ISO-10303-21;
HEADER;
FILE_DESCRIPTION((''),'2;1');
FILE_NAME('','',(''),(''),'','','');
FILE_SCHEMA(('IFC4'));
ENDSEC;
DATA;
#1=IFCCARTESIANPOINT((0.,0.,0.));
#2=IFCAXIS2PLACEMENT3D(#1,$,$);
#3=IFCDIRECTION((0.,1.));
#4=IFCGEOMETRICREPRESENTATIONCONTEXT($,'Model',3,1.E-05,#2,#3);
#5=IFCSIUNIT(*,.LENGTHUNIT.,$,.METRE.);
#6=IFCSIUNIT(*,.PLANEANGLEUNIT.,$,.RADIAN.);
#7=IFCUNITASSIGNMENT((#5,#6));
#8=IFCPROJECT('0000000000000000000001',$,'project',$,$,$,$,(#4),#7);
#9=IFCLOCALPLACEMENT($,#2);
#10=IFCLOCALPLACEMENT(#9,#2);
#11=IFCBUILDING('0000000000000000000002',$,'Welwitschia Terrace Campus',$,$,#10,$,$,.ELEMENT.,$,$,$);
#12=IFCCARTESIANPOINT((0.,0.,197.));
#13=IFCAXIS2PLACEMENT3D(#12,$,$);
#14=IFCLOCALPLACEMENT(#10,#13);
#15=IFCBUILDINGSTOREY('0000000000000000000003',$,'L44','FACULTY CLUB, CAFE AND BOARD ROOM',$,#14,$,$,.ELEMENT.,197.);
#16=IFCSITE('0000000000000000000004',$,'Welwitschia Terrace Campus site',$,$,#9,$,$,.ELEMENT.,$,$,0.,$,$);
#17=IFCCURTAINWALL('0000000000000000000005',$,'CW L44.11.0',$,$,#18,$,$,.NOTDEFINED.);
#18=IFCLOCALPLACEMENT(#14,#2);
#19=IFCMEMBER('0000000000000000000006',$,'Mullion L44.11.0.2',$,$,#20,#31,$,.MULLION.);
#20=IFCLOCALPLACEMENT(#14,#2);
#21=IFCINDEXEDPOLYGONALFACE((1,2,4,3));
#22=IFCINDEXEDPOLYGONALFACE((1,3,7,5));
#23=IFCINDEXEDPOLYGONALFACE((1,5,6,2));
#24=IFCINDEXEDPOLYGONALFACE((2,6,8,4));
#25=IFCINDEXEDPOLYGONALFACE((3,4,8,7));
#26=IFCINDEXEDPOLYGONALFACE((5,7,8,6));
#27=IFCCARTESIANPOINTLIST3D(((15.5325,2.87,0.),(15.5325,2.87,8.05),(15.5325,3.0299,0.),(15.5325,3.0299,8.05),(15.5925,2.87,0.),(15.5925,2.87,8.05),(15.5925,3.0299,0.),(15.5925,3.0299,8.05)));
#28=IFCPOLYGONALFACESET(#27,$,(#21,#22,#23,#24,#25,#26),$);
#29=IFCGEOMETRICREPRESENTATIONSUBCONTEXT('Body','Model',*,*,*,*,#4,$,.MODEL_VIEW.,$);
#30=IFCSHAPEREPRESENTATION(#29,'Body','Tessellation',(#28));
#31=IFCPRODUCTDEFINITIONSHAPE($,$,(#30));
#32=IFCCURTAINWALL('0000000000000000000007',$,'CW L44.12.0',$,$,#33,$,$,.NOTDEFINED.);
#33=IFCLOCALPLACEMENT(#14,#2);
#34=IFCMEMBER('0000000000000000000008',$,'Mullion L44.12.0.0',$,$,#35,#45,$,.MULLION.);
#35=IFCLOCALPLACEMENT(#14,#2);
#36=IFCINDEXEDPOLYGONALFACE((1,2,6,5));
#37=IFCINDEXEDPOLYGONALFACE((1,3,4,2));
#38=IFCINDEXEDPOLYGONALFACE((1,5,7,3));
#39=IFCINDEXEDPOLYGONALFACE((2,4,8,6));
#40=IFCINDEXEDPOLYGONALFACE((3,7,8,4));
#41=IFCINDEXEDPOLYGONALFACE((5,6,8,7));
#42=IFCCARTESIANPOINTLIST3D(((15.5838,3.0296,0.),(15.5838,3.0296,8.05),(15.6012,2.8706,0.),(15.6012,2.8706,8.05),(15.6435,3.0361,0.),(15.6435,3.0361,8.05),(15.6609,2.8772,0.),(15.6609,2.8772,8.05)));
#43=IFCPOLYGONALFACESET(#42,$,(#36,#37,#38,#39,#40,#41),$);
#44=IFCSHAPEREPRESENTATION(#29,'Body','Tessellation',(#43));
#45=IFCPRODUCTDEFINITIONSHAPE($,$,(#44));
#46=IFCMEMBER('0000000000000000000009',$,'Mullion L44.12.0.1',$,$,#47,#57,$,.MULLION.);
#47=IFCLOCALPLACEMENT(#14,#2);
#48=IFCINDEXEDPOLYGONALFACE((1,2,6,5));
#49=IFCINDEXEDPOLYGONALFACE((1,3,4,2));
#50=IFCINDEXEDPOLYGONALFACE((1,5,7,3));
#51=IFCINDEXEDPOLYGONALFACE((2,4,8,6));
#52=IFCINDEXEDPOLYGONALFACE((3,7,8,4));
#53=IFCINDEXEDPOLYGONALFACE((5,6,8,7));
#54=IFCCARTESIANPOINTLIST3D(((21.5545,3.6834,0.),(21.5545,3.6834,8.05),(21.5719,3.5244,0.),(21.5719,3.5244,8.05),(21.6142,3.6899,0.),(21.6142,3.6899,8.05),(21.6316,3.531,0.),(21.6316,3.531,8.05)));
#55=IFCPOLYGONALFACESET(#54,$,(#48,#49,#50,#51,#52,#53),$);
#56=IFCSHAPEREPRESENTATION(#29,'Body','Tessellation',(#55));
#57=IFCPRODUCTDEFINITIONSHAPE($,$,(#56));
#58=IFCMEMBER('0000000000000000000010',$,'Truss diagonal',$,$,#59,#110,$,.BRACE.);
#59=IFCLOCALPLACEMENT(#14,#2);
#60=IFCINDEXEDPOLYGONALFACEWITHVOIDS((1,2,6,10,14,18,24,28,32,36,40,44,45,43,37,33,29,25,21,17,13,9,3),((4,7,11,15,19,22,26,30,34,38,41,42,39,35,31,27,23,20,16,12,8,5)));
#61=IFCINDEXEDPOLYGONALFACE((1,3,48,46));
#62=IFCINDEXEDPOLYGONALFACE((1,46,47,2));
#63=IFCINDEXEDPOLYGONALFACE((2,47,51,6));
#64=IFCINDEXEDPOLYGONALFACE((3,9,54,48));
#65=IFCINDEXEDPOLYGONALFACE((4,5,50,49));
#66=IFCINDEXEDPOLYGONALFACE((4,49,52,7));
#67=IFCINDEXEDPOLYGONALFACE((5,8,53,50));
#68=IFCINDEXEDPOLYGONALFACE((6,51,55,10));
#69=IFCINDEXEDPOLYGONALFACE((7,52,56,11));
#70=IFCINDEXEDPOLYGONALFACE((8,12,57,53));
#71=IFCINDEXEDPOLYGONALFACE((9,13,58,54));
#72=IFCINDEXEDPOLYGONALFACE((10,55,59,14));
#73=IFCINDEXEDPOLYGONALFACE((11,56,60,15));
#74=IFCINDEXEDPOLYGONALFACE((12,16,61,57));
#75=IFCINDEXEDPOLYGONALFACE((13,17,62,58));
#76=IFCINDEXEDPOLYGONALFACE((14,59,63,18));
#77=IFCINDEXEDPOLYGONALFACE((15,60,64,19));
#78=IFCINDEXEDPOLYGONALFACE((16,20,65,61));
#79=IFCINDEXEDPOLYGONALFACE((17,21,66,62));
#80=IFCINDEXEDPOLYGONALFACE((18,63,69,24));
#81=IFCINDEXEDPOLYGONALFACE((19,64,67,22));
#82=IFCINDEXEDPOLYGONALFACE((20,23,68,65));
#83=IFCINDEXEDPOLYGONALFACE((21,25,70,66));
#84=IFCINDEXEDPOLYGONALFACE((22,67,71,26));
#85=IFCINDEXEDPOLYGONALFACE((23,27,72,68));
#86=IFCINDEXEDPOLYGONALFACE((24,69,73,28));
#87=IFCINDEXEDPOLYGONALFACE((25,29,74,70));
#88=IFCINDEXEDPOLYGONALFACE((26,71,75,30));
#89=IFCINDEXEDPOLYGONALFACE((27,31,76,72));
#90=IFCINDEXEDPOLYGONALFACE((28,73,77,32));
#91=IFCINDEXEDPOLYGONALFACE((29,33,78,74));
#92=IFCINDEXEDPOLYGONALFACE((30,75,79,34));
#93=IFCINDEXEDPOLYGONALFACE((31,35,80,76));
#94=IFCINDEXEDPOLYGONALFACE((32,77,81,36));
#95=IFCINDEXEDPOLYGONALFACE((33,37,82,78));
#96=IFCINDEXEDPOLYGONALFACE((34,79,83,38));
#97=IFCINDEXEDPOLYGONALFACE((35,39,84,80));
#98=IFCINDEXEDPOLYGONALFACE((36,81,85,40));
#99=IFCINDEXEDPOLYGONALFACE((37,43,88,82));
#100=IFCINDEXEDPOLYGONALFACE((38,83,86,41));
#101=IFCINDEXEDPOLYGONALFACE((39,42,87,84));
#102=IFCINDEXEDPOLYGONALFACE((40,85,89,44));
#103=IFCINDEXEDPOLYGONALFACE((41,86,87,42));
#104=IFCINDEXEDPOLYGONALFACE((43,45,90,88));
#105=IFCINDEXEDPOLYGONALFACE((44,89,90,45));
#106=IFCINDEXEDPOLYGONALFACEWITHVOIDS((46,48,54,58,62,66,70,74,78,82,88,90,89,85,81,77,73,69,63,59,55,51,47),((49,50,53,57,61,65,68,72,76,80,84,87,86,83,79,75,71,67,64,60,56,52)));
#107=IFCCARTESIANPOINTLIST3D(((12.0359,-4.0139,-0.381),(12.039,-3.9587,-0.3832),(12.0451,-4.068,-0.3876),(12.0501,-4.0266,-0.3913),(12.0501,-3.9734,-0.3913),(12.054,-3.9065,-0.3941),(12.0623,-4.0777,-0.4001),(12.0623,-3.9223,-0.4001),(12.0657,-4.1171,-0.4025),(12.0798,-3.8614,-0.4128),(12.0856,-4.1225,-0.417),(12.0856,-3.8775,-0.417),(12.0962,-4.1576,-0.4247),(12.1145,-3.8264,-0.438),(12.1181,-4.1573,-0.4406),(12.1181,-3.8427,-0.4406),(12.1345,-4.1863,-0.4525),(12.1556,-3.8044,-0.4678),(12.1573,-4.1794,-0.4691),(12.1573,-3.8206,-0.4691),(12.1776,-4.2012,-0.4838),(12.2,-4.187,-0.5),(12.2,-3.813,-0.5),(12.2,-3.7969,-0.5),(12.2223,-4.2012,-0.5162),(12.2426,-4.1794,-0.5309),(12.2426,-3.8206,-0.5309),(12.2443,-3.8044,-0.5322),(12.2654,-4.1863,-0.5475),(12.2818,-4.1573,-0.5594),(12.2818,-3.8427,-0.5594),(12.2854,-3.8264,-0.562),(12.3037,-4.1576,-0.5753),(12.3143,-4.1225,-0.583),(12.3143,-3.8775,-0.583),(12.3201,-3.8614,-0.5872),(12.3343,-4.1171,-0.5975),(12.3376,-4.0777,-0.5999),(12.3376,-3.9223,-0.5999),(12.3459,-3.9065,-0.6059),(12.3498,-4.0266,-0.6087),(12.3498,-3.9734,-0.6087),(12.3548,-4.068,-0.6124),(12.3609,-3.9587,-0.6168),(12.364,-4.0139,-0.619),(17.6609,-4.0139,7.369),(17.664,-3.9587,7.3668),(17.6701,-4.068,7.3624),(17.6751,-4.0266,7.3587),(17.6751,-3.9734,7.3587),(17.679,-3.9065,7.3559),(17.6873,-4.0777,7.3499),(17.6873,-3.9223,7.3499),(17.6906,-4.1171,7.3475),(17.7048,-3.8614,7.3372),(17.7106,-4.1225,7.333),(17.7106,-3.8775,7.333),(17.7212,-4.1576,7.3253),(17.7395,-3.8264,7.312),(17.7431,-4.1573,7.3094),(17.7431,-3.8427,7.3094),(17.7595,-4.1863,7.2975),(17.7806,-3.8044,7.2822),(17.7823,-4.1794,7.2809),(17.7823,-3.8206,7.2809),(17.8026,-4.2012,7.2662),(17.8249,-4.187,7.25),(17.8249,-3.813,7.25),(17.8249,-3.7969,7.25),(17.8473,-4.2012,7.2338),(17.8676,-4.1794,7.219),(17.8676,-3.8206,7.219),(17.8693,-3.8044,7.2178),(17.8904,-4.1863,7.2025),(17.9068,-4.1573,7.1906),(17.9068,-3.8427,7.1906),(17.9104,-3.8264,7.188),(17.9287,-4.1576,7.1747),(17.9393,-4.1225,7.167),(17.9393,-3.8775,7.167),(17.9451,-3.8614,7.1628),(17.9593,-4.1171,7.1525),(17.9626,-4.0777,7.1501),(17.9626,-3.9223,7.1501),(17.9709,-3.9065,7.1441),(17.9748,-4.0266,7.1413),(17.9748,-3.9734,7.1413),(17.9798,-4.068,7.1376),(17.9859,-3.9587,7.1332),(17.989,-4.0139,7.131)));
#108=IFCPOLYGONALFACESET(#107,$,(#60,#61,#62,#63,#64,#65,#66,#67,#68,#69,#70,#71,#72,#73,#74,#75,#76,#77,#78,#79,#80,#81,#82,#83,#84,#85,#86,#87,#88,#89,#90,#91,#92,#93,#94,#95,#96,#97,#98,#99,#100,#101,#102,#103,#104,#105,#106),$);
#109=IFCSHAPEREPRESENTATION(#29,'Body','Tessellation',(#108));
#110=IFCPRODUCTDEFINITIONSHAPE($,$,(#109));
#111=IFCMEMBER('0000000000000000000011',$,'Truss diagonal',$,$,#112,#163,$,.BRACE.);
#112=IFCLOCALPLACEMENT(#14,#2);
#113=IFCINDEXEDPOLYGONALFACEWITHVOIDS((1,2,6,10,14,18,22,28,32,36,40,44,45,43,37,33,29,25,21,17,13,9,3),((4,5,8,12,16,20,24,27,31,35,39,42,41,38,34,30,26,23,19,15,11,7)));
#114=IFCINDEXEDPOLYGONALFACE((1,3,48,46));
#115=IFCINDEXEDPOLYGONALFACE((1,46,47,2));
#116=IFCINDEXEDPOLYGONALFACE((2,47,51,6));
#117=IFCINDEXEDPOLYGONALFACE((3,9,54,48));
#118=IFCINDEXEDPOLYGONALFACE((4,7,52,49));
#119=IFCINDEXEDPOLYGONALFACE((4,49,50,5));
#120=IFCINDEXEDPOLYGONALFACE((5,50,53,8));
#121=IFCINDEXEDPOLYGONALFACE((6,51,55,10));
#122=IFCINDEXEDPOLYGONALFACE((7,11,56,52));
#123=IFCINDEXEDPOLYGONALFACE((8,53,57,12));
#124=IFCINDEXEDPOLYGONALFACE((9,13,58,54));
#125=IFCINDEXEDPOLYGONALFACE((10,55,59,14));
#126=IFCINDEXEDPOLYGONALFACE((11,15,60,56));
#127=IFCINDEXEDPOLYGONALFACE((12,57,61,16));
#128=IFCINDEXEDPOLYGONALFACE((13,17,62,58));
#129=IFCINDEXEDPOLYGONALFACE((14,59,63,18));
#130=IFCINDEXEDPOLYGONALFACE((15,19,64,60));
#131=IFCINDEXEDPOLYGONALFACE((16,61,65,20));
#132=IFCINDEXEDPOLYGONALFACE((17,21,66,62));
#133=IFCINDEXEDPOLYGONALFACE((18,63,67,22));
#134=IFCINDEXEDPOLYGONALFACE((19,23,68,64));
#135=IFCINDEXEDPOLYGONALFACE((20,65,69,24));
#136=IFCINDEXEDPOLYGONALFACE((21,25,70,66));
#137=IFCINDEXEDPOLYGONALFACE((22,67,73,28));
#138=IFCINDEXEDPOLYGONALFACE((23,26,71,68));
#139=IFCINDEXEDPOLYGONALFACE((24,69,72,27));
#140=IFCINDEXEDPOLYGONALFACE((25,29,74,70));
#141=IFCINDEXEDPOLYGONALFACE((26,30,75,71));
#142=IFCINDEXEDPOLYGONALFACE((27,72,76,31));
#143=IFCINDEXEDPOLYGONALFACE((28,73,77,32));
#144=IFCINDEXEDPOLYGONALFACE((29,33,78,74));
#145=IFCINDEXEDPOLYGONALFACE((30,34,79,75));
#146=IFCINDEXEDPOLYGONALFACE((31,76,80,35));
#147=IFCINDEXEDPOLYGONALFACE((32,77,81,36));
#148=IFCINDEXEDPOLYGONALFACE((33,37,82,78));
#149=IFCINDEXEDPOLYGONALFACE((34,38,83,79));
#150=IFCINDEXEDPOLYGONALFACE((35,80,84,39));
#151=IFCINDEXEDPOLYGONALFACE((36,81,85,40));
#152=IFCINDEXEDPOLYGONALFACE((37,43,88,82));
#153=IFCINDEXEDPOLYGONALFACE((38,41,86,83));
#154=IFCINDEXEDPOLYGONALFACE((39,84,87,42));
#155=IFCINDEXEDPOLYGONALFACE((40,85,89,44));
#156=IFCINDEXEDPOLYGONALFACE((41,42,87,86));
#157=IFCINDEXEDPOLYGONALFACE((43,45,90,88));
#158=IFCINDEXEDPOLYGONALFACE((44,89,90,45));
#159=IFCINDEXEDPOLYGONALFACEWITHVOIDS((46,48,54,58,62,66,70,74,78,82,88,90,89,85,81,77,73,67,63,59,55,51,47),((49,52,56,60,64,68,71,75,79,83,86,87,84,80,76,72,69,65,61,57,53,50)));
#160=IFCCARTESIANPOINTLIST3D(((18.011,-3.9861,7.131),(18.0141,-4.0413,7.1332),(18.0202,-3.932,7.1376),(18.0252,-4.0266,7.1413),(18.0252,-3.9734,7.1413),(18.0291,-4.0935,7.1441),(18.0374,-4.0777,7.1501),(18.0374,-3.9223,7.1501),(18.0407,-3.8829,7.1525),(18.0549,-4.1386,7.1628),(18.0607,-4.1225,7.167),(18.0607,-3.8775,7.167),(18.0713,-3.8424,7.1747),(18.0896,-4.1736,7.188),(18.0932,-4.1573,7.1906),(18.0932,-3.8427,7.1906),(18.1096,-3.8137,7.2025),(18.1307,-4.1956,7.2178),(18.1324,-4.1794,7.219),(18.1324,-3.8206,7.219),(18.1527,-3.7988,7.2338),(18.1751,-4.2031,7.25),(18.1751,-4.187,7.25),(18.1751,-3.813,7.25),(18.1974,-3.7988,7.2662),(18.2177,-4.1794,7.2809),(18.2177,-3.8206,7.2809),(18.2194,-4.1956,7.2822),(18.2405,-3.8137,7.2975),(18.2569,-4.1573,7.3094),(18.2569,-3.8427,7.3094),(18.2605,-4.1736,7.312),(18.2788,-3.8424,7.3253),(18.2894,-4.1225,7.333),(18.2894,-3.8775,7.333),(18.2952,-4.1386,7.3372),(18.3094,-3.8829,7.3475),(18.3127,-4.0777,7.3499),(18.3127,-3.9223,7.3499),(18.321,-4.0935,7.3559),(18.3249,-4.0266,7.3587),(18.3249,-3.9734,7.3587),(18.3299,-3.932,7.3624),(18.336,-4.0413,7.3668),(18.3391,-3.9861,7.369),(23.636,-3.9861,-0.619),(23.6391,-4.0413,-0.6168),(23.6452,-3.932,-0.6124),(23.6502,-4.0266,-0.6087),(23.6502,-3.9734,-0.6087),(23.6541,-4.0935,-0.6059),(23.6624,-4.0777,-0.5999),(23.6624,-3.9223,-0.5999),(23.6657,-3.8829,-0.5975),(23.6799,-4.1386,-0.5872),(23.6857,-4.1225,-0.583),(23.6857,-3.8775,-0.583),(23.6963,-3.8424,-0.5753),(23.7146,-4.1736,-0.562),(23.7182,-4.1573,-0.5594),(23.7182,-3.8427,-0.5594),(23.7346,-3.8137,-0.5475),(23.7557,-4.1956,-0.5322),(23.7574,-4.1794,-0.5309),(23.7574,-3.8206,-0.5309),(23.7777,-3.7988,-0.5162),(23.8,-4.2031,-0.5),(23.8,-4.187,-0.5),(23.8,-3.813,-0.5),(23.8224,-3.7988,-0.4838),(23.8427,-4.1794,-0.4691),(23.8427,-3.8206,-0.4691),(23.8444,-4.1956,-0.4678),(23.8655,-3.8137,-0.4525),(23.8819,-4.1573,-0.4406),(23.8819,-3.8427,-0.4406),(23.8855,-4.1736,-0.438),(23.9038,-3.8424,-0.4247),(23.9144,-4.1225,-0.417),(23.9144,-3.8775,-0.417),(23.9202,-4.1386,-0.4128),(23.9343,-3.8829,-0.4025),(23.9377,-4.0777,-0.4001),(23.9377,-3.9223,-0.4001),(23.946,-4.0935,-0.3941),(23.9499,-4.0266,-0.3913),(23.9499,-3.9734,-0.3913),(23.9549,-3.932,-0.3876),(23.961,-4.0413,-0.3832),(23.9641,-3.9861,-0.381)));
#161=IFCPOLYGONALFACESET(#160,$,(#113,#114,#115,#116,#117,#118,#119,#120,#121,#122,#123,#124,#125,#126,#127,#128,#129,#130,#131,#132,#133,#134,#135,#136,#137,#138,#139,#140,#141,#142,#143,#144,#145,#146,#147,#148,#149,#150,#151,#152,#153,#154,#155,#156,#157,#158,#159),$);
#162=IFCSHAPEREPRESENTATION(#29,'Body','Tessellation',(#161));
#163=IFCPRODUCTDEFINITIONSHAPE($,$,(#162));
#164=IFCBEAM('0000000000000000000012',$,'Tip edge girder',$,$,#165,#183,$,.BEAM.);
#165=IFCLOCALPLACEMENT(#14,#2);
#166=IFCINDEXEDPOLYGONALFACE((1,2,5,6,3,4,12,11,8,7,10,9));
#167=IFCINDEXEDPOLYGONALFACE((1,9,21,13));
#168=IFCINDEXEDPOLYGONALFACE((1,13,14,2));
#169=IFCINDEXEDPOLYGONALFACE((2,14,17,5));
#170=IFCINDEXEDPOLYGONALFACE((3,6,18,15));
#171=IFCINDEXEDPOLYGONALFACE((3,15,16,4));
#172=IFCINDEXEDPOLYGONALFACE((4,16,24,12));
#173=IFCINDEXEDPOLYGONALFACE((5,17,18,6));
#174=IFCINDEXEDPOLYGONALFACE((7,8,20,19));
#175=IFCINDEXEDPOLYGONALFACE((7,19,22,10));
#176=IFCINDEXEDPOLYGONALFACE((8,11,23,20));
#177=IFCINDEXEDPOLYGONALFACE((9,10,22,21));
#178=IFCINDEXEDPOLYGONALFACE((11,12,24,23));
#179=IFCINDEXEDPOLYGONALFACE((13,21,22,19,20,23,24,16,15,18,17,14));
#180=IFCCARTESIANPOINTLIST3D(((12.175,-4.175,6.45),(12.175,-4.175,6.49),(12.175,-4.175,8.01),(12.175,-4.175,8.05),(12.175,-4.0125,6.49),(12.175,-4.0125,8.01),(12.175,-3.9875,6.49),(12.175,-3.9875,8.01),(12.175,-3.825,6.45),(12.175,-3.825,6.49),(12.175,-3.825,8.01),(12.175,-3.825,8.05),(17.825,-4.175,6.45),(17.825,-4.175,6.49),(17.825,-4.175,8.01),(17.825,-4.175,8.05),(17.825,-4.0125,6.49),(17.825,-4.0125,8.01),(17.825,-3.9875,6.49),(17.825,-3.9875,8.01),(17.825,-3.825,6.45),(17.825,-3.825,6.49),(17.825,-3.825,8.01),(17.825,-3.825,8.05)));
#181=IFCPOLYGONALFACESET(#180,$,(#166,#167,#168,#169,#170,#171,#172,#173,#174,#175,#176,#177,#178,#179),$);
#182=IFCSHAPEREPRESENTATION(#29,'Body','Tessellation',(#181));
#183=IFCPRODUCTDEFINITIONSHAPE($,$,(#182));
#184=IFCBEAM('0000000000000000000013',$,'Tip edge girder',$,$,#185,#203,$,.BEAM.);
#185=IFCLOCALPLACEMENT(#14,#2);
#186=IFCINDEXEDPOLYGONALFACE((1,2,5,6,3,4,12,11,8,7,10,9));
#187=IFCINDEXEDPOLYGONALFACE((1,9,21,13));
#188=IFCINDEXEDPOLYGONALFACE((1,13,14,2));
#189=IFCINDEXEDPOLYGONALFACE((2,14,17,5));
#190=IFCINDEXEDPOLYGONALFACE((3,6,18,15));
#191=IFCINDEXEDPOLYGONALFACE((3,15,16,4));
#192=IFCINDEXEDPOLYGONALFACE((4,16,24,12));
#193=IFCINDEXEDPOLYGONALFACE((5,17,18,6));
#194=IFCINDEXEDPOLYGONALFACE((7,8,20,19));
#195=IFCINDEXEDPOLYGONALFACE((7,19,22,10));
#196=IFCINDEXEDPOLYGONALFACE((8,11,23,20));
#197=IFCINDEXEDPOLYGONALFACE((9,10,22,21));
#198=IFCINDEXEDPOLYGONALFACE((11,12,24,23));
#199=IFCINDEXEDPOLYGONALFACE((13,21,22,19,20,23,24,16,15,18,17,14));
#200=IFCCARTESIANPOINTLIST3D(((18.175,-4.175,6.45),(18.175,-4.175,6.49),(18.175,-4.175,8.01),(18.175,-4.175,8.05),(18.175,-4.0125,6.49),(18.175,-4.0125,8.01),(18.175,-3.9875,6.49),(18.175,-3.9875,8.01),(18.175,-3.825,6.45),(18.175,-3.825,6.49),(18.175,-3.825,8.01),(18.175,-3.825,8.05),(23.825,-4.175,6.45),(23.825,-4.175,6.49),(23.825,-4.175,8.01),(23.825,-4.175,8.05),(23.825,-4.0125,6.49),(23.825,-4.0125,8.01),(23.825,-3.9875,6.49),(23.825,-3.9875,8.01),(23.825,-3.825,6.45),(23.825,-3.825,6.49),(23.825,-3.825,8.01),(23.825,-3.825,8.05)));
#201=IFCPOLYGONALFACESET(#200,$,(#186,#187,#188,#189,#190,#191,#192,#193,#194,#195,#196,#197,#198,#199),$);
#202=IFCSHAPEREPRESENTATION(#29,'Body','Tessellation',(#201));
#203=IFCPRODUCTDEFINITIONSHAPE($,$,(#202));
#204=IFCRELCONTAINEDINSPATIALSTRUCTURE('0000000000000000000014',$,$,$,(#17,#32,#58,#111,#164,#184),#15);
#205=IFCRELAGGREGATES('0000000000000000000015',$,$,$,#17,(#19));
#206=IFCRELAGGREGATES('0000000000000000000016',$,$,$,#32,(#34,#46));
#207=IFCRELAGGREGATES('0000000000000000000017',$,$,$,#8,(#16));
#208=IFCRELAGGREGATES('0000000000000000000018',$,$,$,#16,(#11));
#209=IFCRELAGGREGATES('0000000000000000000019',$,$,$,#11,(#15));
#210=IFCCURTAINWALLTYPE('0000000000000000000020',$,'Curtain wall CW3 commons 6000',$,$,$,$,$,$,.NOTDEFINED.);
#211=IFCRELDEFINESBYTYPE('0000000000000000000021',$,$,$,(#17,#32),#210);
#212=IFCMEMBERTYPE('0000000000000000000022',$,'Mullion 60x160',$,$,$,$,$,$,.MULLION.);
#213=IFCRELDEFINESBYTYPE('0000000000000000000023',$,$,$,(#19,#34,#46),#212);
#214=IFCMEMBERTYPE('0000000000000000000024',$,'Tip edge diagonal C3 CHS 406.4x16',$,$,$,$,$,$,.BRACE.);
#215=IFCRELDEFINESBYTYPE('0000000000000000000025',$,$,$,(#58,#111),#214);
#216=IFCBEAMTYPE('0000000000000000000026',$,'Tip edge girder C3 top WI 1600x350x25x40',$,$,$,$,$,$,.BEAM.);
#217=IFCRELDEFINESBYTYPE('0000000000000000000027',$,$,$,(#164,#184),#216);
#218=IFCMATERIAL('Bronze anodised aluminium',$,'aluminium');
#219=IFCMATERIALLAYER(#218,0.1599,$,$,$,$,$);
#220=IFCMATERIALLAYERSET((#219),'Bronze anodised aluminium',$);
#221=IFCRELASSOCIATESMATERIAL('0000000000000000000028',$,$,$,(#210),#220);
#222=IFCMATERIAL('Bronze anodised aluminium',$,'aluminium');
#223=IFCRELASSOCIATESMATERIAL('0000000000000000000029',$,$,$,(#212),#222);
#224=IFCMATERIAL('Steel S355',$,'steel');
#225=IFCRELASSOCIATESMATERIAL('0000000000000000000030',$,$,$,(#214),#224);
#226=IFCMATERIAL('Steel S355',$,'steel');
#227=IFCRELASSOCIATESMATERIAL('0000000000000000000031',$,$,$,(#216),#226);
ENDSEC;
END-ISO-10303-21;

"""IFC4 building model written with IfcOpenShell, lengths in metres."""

from ifc_helpers import new_model, si_unit, direction, frame, origin, origin_2d, place, context, subcontext, project, spatial, rectangle, hollow_circle, i_section, extrude, material, layer, layer_set, material_profile, profile_set, type_object, element, aggregate, save


model = new_model("IFC4")

# Units and contexts
model_context = context("Model", 3, precision=1e-05, world=origin(), true_north=direction((0.0, 1.0)))
body_context = subcontext(model_context, "Body", "Model", "MODEL_VIEW")
ifc_project = project(units=[si_unit("LENGTHUNIT", "METRE"), si_unit("PLANEANGLEUNIT", "RADIAN")], contexts=[model_context])

# Site, building, storey
site_placement = place(None, origin())
site = spatial("IfcSite", under=ifc_project, at=site_placement, Name="Welwitschia Terrace Campus site", CompositionType="ELEMENT", RefElevation=0.0)
building_placement = place(site_placement, origin())
building = spatial("IfcBuilding", under=site, at=building_placement, Name="Welwitschia Terrace Campus", CompositionType="ELEMENT")
storey_placement = place(building_placement, frame((0.0, 0.0, 197.0)))
storey = spatial("IfcBuildingStorey", under=building, at=storey_placement, Name="L44", Description="FACULTY CLUB, CAFE AND BOARD ROOM", CompositionType="ELEMENT", Elevation=197.0)

# Curtain wall, member
ifc_material_1 = material(Name="Bronze anodised aluminium", Category="aluminium")
ifc_layer_1 = layer(ifc_material_1, 0.1599)
ifc_layer_set_1 = layer_set([ifc_layer_1], Name="Bronze anodised aluminium")
curtain_wall_type = type_object("IfcCurtainWallType", Name="Curtain wall CW3 commons 6000", PredefinedType="NOTDEFINED", material=ifc_layer_set_1)
curtain_wall_1_placement = place(storey_placement, origin())
curtain_wall_1 = element("IfcCurtainWall", 1, at=curtain_wall_1_placement, inside=storey, type_object=curtain_wall_type, Name="CW L44.11.0", PredefinedType="NOTDEFINED")
ifc_material_2 = material(Name="Bronze anodised aluminium", Category="aluminium")
ifc_material_profile_1 = material_profile(ifc_material_2, rectangle(XDim=0.1599, YDim=0.0601, at=origin_2d()))
ifc_profile_set_1 = profile_set([ifc_material_profile_1], Name="Bronze anodised aluminium")
member_type_1 = type_object("IfcMemberType", Name="Mullion 60x160", PredefinedType="MULLION", material=ifc_profile_set_1)
member_1_placement = place(storey_placement, frame((15.5625, 2.95, 0.0), z_axis=(0.0, 0.0, 1.0), x_axis=(0.0, 1.0, 0.0)))
member_1 = element("IfcMember", 2, at=member_1_placement, type_object=member_type_1, Name="Mullion L44.11.0.2", PredefinedType="MULLION", context=body_context, shape_type="SweptSolid", body=[
    extrude(rectangle(XDim=0.1599, YDim=0.0601, at=origin_2d()), origin(), (0.0, 0.0, 1.0), 8.05),
])

# Curtain wall, members
curtain_wall_2_placement = place(storey_placement, origin())
curtain_wall_2 = element("IfcCurtainWall", 3, at=curtain_wall_2_placement, inside=storey, type_object=curtain_wall_type, Name="CW L44.12.0", PredefinedType="NOTDEFINED")
member_2_placement = place(storey_placement, frame((15.6223, 2.9534, 0.0), z_axis=(0.0, 0.0, 1.0), x_axis=(-0.108867, 0.994056, 0.0)))
member_2 = element("IfcMember", 4, at=member_2_placement, type_object=member_type_1, Name="Mullion L44.12.0.0", PredefinedType="MULLION", context=body_context, shape_type="SweptSolid", body=[
    extrude(rectangle(XDim=0.1599, YDim=0.0601, at=origin_2d()), origin(), (0.0, 0.0, 1.0), 8.05),
])
member_3_placement = place(storey_placement, frame((21.593, 3.6072, 0.0), z_axis=(0.0, 0.0, 1.0), x_axis=(-0.108867, 0.994056, 0.0)))
member_3 = element("IfcMember", 5, at=member_3_placement, type_object=member_type_1, Name="Mullion L44.12.0.1", PredefinedType="MULLION", context=body_context, shape_type="SweptSolid", body=[
    extrude(rectangle(XDim=0.1599, YDim=0.0601, at=origin_2d()), origin(), (0.0, 0.0, 1.0), 8.05),
])

# Members
ifc_material_3 = material(Name="Steel S355", Category="steel")
ifc_material_profile_2 = material_profile(ifc_material_3, hollow_circle(Radius=0.2031, WallThickness=0.0161, at=origin_2d()))
ifc_profile_set_2 = profile_set([ifc_material_profile_2], Name="Steel S355")
member_type_2 = type_object("IfcMemberType", Name="Tip edge diagonal C3 CHS 406.4x16", PredefinedType="BRACE", material=ifc_profile_set_2)
for number, where, z_axis, x_axis, name in (
    (6, (12.2, -4.0, -0.5), (0.587395, 0.0, 0.8093), (0.0, 1.0, 0.0), "Truss diagonal"),
    (7, (23.8, -4.0, -0.5), (-0.587395, 0.0, 0.8093), (0.0, -1.0, 0.0), "Truss diagonal"),
):
    element("IfcMember", number, at=place(storey_placement, frame(where, z_axis=z_axis, x_axis=x_axis)), inside=storey, type_object=member_type_2, Name=name, PredefinedType="BRACE", context=body_context, shape_type="SweptSolid", body=[
        extrude(hollow_circle(Radius=0.2031, WallThickness=0.0161, at=origin_2d()), origin(), (0.0, 0.0, 1.0), 9.5762),
    ])

# Beams
ifc_material_4 = material(Name="Steel S355", Category="steel")
ifc_material_profile_3 = material_profile(ifc_material_4, i_section(OverallWidth=0.3501, OverallDepth=1.6001, WebThickness=0.0249, FlangeThickness=0.04, at=origin_2d()))
ifc_profile_set_3 = profile_set([ifc_material_profile_3], Name="Steel S355")
beam_type = type_object("IfcBeamType", Name="Tip edge girder C3 top WI 1600x350x25x40", PredefinedType="BEAM", material=ifc_profile_set_3)
for number, where, z_axis, x_axis, name in (
    (8, (12.175, -4.0, 7.25), (1.0, 0.0, 0.0), (0.0, 1.0, 0.0), "Tip edge girder"),
    (9, (18.175, -4.0, 7.25), (1.0, 0.0, 0.0), (0.0, 1.0, 0.0), "Tip edge girder"),
):
    element("IfcBeam", number, at=place(storey_placement, frame(where, z_axis=z_axis, x_axis=x_axis)), inside=storey, type_object=beam_type, Name=name, PredefinedType="BEAM", context=body_context, shape_type="SweptSolid", body=[
        extrude(i_section(OverallWidth=0.3501, OverallDepth=1.6001, WebThickness=0.0249, FlangeThickness=0.04, at=origin_2d()), origin(), (0.0, 0.0, 1.0), 5.6499),
    ])

aggregate(curtain_wall_1, [member_1])
aggregate(curtain_wall_2, [member_2, member_3])

save(model, "model.ifc")
